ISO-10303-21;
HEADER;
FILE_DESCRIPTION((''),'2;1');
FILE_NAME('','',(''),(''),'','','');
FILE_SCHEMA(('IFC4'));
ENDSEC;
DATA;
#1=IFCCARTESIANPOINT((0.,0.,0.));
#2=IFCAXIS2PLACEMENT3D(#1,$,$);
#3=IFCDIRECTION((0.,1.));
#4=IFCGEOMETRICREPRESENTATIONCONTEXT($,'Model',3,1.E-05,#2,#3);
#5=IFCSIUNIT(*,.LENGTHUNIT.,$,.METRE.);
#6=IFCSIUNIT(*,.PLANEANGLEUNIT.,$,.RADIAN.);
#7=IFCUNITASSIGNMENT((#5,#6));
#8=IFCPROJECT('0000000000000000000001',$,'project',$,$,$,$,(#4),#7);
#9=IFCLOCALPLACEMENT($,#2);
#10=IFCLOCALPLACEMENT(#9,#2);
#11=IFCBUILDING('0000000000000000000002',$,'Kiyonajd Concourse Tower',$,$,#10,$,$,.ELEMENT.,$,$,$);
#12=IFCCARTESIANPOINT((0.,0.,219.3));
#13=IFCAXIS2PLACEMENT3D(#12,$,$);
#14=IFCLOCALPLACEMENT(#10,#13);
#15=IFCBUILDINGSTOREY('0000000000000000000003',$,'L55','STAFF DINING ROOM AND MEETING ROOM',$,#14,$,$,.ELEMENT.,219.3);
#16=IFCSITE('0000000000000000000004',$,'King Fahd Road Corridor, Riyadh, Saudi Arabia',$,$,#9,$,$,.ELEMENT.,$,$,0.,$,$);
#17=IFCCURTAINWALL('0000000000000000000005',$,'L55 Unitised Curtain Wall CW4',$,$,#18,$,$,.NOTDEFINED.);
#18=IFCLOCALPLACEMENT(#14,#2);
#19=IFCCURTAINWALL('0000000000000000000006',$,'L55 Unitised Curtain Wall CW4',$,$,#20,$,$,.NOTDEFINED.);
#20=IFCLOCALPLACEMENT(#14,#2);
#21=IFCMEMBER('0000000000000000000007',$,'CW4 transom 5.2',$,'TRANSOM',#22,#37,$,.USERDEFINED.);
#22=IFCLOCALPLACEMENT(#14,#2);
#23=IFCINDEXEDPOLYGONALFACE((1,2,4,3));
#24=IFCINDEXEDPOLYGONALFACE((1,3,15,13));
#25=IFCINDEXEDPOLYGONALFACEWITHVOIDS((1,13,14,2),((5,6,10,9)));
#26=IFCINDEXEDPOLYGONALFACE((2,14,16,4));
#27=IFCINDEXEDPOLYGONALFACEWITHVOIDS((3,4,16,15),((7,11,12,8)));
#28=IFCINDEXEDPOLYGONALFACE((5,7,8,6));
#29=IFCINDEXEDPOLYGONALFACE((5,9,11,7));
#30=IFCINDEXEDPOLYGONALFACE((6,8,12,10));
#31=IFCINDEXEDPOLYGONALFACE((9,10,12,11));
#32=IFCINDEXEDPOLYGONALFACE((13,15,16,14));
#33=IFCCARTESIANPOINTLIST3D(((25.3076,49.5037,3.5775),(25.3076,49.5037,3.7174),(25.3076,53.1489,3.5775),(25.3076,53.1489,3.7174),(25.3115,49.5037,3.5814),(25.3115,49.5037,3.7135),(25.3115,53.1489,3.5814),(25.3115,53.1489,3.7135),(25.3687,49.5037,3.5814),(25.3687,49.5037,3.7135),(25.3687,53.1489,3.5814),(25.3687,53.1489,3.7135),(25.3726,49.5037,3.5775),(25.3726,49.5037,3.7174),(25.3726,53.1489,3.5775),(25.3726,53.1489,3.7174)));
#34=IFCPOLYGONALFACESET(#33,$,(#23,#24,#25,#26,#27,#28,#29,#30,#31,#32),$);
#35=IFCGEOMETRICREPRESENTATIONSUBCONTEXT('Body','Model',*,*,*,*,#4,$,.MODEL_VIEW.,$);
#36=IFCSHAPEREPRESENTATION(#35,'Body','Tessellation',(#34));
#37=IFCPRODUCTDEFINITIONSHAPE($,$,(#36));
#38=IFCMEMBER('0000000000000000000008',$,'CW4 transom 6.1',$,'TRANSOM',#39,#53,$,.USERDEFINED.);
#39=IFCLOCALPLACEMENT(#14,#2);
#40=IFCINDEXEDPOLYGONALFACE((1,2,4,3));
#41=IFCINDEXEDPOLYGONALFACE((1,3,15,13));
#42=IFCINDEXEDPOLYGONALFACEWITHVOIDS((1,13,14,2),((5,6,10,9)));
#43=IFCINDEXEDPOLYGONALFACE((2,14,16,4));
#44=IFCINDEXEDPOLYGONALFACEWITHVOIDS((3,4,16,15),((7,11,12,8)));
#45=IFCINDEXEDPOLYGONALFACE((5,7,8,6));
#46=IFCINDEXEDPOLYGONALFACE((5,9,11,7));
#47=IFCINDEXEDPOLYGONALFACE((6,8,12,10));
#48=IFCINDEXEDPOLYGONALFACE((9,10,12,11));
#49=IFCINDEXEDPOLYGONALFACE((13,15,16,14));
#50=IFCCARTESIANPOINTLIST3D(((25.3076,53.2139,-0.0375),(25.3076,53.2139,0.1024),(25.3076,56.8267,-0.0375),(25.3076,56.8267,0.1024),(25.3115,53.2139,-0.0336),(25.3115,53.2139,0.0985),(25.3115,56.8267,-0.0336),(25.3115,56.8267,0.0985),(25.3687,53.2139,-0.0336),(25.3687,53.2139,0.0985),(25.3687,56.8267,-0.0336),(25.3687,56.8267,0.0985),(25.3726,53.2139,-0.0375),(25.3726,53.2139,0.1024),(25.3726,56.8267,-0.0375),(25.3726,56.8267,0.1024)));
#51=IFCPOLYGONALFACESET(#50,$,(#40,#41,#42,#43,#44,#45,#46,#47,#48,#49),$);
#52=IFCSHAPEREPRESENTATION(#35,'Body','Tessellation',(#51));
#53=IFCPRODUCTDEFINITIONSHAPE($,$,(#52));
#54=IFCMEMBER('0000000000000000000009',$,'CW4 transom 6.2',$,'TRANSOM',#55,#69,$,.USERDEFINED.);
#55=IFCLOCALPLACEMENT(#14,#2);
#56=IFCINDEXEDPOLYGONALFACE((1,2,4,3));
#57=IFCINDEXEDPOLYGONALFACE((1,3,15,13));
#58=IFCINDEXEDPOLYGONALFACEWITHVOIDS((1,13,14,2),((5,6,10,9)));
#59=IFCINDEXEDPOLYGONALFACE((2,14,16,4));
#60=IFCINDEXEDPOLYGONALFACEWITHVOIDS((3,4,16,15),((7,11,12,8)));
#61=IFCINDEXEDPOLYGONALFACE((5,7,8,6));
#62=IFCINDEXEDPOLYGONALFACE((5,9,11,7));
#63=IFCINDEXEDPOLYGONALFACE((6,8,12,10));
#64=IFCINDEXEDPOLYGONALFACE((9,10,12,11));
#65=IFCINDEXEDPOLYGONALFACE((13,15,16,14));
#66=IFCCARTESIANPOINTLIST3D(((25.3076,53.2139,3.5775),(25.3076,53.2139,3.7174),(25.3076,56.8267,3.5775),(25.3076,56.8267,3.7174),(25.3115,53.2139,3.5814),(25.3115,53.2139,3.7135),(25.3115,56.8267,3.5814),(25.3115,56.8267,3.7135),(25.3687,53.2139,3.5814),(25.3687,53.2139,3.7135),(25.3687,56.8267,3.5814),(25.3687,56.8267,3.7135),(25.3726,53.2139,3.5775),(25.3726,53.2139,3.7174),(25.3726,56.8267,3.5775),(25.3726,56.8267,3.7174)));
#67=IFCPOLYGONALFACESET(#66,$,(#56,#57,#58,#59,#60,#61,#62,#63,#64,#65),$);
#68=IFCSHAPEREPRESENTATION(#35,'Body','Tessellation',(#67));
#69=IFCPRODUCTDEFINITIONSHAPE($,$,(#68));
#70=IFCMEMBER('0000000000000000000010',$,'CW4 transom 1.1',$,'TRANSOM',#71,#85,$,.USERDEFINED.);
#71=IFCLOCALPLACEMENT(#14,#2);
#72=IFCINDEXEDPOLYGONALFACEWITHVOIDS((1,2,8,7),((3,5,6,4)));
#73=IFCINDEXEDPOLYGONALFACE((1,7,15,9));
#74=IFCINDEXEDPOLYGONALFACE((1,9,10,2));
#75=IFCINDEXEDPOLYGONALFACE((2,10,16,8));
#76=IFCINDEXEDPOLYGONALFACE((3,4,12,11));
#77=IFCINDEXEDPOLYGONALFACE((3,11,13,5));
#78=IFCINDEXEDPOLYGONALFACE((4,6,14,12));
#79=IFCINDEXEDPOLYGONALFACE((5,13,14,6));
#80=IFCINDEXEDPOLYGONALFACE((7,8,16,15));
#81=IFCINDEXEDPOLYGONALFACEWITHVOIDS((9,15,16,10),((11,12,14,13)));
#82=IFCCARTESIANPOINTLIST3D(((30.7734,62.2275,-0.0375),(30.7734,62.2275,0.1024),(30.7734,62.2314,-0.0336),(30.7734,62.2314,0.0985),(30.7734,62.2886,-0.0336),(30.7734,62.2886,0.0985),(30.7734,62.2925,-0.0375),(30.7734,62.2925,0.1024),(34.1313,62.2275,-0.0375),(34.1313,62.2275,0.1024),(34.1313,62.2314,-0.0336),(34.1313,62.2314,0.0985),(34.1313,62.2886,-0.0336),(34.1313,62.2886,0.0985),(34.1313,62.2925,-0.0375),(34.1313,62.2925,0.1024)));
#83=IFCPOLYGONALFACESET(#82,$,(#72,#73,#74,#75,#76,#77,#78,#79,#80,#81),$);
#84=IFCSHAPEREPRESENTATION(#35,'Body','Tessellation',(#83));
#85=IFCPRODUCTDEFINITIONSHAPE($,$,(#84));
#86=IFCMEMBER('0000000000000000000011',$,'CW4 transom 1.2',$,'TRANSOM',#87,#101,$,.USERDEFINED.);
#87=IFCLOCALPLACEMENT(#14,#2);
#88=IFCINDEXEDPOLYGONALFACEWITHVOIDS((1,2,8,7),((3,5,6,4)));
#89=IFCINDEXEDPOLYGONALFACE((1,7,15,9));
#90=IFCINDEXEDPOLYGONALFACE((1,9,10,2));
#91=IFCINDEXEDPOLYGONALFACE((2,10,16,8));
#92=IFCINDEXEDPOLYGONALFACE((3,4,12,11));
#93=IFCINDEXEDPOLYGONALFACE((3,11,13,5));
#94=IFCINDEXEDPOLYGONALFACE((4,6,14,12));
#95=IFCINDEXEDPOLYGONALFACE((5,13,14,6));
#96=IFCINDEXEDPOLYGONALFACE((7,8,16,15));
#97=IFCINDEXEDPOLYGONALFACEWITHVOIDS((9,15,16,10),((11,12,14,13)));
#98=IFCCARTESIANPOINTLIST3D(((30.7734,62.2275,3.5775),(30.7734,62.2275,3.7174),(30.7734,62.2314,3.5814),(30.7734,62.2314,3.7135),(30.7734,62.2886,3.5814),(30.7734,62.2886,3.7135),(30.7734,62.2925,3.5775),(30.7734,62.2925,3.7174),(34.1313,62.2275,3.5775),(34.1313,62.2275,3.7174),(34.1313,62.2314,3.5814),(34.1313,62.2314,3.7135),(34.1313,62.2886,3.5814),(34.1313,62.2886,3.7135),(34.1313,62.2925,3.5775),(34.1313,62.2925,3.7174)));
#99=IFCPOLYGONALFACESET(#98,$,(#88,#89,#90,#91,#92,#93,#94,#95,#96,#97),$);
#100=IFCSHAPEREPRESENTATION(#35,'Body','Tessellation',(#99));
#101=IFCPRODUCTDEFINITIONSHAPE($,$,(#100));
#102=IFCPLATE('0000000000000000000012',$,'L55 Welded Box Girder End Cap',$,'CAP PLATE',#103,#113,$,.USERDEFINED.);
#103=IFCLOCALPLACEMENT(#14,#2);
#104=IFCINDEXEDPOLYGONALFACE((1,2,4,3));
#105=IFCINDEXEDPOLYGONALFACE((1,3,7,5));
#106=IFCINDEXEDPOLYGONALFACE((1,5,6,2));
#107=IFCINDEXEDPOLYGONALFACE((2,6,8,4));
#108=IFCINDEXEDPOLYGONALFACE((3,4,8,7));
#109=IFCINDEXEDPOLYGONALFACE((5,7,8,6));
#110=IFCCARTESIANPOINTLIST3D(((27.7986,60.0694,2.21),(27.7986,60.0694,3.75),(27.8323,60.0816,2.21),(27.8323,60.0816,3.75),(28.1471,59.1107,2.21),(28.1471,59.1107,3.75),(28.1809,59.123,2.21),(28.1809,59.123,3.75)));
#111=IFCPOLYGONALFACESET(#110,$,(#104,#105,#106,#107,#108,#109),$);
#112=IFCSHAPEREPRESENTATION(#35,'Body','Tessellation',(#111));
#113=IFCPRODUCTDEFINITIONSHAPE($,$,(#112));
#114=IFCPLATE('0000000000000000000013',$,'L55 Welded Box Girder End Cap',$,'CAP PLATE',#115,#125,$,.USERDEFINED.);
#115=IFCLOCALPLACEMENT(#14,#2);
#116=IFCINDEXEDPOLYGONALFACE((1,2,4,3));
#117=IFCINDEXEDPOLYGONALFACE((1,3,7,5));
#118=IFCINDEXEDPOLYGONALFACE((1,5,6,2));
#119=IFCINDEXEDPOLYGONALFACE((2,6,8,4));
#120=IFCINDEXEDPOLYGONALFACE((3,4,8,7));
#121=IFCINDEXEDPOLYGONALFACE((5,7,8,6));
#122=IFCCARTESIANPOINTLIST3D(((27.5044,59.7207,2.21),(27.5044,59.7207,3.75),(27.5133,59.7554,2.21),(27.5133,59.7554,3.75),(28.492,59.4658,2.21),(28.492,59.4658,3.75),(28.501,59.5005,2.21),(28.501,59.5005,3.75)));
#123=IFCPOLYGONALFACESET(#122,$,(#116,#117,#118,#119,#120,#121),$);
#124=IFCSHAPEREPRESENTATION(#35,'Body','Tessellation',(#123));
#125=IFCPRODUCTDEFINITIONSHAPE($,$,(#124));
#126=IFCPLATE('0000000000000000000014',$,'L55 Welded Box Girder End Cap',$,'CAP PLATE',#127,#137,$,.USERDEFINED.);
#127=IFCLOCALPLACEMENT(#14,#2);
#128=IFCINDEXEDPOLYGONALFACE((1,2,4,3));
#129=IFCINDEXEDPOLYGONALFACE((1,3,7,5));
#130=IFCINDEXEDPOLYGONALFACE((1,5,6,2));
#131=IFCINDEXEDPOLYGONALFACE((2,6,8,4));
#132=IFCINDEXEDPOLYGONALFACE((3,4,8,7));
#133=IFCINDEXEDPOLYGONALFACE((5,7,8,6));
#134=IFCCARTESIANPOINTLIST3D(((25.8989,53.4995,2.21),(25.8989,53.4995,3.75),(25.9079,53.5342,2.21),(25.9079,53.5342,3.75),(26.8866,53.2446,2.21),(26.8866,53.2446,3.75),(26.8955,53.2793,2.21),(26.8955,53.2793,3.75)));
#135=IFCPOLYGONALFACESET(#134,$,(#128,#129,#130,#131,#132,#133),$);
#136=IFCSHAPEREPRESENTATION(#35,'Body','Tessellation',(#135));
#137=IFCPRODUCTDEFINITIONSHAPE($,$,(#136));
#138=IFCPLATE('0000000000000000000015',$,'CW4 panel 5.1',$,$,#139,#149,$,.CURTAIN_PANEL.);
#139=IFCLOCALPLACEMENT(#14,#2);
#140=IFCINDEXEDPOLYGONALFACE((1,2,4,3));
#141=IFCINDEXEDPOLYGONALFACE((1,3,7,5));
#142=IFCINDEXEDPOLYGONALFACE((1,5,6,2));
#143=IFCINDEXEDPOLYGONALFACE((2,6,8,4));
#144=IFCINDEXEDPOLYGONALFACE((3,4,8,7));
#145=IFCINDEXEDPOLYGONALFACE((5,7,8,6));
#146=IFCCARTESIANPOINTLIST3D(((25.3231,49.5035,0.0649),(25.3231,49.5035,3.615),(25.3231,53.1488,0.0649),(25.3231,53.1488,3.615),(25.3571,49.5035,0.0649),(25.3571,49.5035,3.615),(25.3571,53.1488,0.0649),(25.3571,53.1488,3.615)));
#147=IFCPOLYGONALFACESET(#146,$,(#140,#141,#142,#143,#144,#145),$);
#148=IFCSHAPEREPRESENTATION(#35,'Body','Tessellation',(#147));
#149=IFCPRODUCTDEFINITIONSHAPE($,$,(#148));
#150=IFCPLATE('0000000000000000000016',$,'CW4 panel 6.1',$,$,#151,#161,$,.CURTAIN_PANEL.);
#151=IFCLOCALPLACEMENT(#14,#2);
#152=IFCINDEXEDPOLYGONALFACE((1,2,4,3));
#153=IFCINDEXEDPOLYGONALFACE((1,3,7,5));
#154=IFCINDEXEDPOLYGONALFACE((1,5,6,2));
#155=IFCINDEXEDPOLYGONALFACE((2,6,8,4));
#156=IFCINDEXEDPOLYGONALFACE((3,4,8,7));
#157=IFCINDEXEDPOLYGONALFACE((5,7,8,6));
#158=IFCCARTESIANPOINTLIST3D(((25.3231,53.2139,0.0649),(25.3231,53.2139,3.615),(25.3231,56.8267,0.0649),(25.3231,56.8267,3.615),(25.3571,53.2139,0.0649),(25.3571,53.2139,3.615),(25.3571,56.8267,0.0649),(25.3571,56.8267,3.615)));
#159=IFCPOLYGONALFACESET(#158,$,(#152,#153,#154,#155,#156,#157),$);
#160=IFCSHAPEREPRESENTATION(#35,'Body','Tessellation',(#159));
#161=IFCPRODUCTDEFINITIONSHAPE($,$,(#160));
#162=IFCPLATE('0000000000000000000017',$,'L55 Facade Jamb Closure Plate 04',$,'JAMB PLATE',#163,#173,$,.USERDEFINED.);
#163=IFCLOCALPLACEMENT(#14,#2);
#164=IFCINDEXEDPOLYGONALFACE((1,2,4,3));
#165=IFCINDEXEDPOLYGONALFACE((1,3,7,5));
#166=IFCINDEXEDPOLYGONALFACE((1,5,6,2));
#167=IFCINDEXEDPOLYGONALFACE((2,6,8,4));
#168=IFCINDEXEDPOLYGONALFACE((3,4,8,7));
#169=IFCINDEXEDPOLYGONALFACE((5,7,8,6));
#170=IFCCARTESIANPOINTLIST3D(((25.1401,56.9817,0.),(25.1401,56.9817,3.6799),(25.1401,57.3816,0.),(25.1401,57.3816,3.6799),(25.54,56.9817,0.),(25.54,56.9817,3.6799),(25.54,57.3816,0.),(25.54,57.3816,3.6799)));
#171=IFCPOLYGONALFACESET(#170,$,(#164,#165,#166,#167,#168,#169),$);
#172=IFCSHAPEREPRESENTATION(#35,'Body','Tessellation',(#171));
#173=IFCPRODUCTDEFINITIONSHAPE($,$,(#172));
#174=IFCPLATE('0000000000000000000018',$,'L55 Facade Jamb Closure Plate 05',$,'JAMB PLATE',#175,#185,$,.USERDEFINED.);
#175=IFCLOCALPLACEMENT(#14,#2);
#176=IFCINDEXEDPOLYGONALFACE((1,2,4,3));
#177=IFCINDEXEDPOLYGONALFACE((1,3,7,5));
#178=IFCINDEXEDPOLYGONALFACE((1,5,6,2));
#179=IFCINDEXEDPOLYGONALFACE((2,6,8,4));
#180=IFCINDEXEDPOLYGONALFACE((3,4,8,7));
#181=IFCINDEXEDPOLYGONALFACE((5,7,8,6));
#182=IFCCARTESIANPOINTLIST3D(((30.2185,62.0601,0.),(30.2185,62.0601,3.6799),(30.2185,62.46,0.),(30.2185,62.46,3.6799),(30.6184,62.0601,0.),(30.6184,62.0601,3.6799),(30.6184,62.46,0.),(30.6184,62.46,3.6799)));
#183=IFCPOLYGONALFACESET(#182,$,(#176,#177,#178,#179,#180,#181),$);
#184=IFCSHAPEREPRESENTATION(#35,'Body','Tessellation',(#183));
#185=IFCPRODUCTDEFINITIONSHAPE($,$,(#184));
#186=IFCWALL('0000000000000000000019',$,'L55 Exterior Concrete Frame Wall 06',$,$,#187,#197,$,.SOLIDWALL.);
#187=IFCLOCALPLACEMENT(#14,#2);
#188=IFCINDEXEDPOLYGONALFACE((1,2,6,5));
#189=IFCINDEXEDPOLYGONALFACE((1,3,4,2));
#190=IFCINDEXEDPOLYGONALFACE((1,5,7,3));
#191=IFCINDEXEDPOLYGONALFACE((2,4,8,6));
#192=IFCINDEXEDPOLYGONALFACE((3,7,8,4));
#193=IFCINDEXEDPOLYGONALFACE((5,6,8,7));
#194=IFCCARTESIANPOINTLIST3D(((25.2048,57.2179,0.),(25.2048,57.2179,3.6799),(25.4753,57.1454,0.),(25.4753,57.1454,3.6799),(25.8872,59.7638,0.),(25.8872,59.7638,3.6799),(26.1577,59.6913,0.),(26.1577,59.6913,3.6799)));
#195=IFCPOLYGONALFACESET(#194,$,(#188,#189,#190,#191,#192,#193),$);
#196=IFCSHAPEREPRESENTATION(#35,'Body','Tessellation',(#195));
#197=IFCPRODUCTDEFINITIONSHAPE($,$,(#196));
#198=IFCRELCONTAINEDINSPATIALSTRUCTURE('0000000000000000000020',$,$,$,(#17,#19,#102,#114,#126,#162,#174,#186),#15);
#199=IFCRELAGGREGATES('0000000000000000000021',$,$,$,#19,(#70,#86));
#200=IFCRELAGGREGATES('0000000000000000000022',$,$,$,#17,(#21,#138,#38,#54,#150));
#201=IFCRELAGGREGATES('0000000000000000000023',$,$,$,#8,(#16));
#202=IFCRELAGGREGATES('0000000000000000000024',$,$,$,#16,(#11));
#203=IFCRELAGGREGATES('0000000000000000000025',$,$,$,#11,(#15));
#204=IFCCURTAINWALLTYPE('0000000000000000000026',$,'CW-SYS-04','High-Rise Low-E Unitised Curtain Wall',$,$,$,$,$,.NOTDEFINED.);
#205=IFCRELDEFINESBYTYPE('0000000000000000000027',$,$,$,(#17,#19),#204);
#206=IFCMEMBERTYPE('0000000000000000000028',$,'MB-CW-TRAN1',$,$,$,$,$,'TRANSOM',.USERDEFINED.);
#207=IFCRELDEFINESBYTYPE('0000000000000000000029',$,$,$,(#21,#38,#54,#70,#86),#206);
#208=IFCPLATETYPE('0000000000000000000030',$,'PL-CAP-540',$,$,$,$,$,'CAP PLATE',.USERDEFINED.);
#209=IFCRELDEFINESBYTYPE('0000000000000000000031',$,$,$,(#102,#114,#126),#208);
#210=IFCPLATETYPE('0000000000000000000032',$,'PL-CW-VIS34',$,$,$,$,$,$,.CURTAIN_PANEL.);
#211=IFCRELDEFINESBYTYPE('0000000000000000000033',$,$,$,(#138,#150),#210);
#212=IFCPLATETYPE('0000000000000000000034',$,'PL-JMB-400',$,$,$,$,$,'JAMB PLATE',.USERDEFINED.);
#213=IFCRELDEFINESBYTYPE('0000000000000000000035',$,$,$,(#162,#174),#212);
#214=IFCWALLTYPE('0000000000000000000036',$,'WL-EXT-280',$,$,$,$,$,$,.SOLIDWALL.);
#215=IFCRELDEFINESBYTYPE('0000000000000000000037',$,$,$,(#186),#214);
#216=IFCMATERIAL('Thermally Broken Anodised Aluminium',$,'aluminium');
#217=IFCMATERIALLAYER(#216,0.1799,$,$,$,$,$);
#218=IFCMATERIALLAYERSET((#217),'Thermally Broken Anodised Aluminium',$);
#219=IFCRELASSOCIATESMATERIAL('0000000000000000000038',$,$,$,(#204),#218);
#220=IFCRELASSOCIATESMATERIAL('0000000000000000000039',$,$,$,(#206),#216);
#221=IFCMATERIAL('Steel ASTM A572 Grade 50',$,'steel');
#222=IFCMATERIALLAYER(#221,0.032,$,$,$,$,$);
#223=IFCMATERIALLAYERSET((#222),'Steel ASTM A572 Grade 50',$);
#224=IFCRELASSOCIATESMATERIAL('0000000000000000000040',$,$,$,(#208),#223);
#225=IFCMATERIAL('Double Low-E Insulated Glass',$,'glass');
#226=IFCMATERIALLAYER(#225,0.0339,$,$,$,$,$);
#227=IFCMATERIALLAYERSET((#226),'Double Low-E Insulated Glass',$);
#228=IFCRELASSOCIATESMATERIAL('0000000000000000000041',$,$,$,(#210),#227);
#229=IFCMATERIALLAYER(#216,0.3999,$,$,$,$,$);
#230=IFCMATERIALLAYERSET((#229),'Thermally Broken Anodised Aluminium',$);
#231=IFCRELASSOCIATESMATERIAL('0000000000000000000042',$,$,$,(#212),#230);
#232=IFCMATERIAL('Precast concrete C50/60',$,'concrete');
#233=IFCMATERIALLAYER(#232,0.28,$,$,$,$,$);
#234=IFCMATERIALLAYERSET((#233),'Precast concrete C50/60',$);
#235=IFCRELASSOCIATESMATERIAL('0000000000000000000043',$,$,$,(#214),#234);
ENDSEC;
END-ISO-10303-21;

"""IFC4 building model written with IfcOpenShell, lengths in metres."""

from ifc_helpers import new_model, si_unit, direction, frame, frame_2d, origin, origin_2d, place, context, subcontext, project, spatial, rectangle, hollow_rectangle, extrude, material, layer, layer_set, material_profile, profile_set, type_object, element, aggregate, save


model = new_model("IFC4")

# Units and contexts
model_context = context("Model", 3, precision=1e-05, world=origin(), true_north=direction((0.0, 1.0)))
body_context = subcontext(model_context, "Body", "Model", "MODEL_VIEW")
ifc_project = project(units=[si_unit("LENGTHUNIT", "METRE"), si_unit("PLANEANGLEUNIT", "RADIAN")], contexts=[model_context])

# Site, building, storey
site_placement = place(None, origin())
site = spatial("IfcSite", under=ifc_project, at=site_placement, Name="King Fahd Road Corridor, Riyadh, Saudi Arabia", CompositionType="ELEMENT", RefElevation=0.0)
building_placement = place(site_placement, origin())
building = spatial("IfcBuilding", under=site, at=building_placement, Name="Kiyonajd Concourse Tower", CompositionType="ELEMENT")
storey_placement = place(building_placement, frame((0.0, 0.0, 219.3)))
storey = spatial("IfcBuildingStorey", under=building, at=storey_placement, Name="L55", Description="STAFF DINING ROOM AND MEETING ROOM", CompositionType="ELEMENT", Elevation=219.3)

# Shared definitions
ifc_material_1 = material(Name="Steel ASTM A572 Grade 50", Category="steel")

# Curtain wall
ifc_material_2 = material(Name="Thermally Broken Anodised Aluminium", Category="aluminium")
ifc_layer_1 = layer(ifc_material_2, 0.1799)
ifc_layer_set_1 = layer_set([ifc_layer_1], Name="Thermally Broken Anodised Aluminium")
curtain_wall_type = type_object("IfcCurtainWallType", Name="CW-SYS-04", Description="High-Rise Low-E Unitised Curtain Wall", PredefinedType="NOTDEFINED", material=ifc_layer_set_1)
curtain_wall_1_placement = place(storey_placement, origin())
curtain_wall_1 = element("IfcCurtainWall", 1, at=curtain_wall_1_placement, inside=storey, type_object=curtain_wall_type, Name="L55 Unitised Curtain Wall CW4", PredefinedType="NOTDEFINED")

# Curtain wall
curtain_wall_2_placement = place(storey_placement, origin())
curtain_wall_2 = element("IfcCurtainWall", 2, at=curtain_wall_2_placement, inside=storey, type_object=curtain_wall_type, Name="L55 Unitised Curtain Wall CW4", PredefinedType="NOTDEFINED")

# Members
ifc_material_profile_1 = material_profile(ifc_material_2, hollow_rectangle(XDim=0.0649, YDim=0.1399, WallThickness=0.0039, at=origin_2d()), Name="TRAN-65x140")
ifc_profile_set_1 = profile_set([ifc_material_profile_1], Name="Thermally Broken Anodised Aluminium")
member_type_1 = type_object("IfcMemberType", Name="MB-CW-TRAN1", ElementType="TRANSOM", PredefinedType="USERDEFINED", material=ifc_profile_set_1)
member_1_placement = place(storey_placement, frame((25.3401, 49.5037, 3.6475), z_axis=(0.0, 1.0, 0.0), x_axis=(-1.0, 0.0, 0.0)))
member_1 = element("IfcMember", 3, at=member_1_placement, type_object=member_type_1, Name="CW4 transom 5.2", ObjectType="TRANSOM", PredefinedType="USERDEFINED", context=body_context, shape_type="SweptSolid", body=[
    extrude(hollow_rectangle(XDim=0.0649, YDim=0.1399, WallThickness=0.0039, at=origin_2d()), origin(), (0.0, 0.0, 1.0), 3.6453),
])
member_2_placement = place(storey_placement, frame((25.3401, 53.2139, 0.0325), z_axis=(0.0, 1.0, 0.0), x_axis=(-1.0, 0.0, 0.0)))
member_2 = element("IfcMember", 4, at=member_2_placement, type_object=member_type_1, Name="CW4 transom 6.1", ObjectType="TRANSOM", PredefinedType="USERDEFINED", context=body_context, shape_type="SweptSolid", body=[
    extrude(hollow_rectangle(XDim=0.0649, YDim=0.1399, WallThickness=0.0039, at=origin_2d()), origin(), (0.0, 0.0, 1.0), 3.6128),
])
member_3_placement = place(storey_placement, frame((25.3401, 53.2139, 3.6475), z_axis=(0.0, 1.0, 0.0), x_axis=(-1.0, 0.0, 0.0)))
member_3 = element("IfcMember", 5, at=member_3_placement, type_object=member_type_1, Name="CW4 transom 6.2", ObjectType="TRANSOM", PredefinedType="USERDEFINED", context=body_context, shape_type="SweptSolid", body=[
    extrude(hollow_rectangle(XDim=0.0649, YDim=0.1399, WallThickness=0.0039, at=origin_2d()), origin(), (0.0, 0.0, 1.0), 3.6128),
])
member_4_placement = place(storey_placement, frame((30.7734, 62.26, 0.0325), z_axis=(1.0, 0.0, 0.0), x_axis=(0.0, 1.0, 0.0)))
member_4 = element("IfcMember", 6, at=member_4_placement, type_object=member_type_1, Name="CW4 transom 1.1", ObjectType="TRANSOM", PredefinedType="USERDEFINED", context=body_context, shape_type="SweptSolid", body=[
    extrude(hollow_rectangle(XDim=0.0649, YDim=0.1399, WallThickness=0.0039, at=origin_2d()), origin(), (0.0, 0.0, 1.0), 3.3579),
])
member_5_placement = place(storey_placement, frame((30.7734, 62.26, 3.6475), z_axis=(1.0, 0.0, 0.0), x_axis=(0.0, 1.0, 0.0)))
member_5 = element("IfcMember", 7, at=member_5_placement, type_object=member_type_1, Name="CW4 transom 1.2", ObjectType="TRANSOM", PredefinedType="USERDEFINED", context=body_context, shape_type="SweptSolid", body=[
    extrude(hollow_rectangle(XDim=0.0649, YDim=0.1399, WallThickness=0.0039, at=origin_2d()), origin(), (0.0, 0.0, 1.0), 3.3579),
])
aggregate(curtain_wall_2, [member_4, member_5])

# Plates
ifc_layer_2 = layer(ifc_material_1, 0.032)
ifc_layer_set_2 = layer_set([ifc_layer_2], Name="Steel ASTM A572 Grade 50")
plate_type_1 = type_object("IfcPlateType", Name="PL-CAP-540", ElementType="CAP PLATE", PredefinedType="USERDEFINED", material=ifc_layer_set_2)
for number, where, z_axis, x_axis, name in (
    (8, (27.9897, 59.5962, 2.21), (0.0, 0.0, 1.0), (-0.939812, -0.341692, 0.0), "L55 Welded Box Girder End Cap"),
    (9, (28.0027, 59.6106, 2.21), (0.0, 0.0, 1.0), (0.249873, 0.968279, 0.0), "L55 Welded Box Girder End Cap"),
    (10, (26.3972, 53.3894, 2.21), (0.0, 0.0, 1.0), (-0.249873, -0.968279, 0.0), "L55 Welded Box Girder End Cap"),
):
    element("IfcPlate", number, at=place(storey_placement, frame(where, z_axis=z_axis, x_axis=x_axis)), inside=storey, type_object=plate_type_1, Name=name, ObjectType="CAP PLATE", PredefinedType="USERDEFINED", context=body_context, shape_type="SweptSolid", body=[
        extrude(rectangle(XDim=0.0359, YDim=1.02, at=origin_2d()), origin(), (0.0, 0.0, 1.0), 1.54),
    ])

# Plates
ifc_material_3 = material(Name="Double Low-E Insulated Glass", Category="glass")
ifc_layer_3 = layer(ifc_material_3, 0.0339)
ifc_layer_set_3 = layer_set([ifc_layer_3], Name="Double Low-E Insulated Glass")
plate_type_2 = type_object("IfcPlateType", Name="PL-CW-VIS34", PredefinedType="CURTAIN_PANEL", material=ifc_layer_set_3)
plate_1_placement = place(storey_placement, frame((25.3401, 51.3262, 0.0649), z_axis=(0.0, 0.0, 1.0), x_axis=(0.0, 1.0, 0.0)))
plate_1 = element("IfcPlate", 11, at=plate_1_placement, type_object=plate_type_2, Name="CW4 panel 5.1", PredefinedType="CURTAIN_PANEL", context=body_context, shape_type="SweptSolid", body=[
    extrude(rectangle(XDim=3.6453, YDim=0.0339, at=origin_2d()), origin(), (0.0, 0.0, 1.0), 3.55),
])
plate_2_placement = place(storey_placement, frame((25.3401, 55.0203, 0.0649), z_axis=(0.0, 0.0, 1.0), x_axis=(0.0, 1.0, 0.0)))
plate_2 = element("IfcPlate", 12, at=plate_2_placement, type_object=plate_type_2, Name="CW4 panel 6.1", PredefinedType="CURTAIN_PANEL", context=body_context, shape_type="SweptSolid", body=[
    extrude(rectangle(XDim=3.6128, YDim=0.0339, at=origin_2d()), origin(), (0.0, 0.0, 1.0), 3.55),
])
aggregate(curtain_wall_1, [member_1, plate_1, member_2, member_3, plate_2])

# Plates
ifc_layer_4 = layer(ifc_material_2, 0.3999)
ifc_layer_set_4 = layer_set([ifc_layer_4], Name="Thermally Broken Anodised Aluminium")
plate_type_3 = type_object("IfcPlateType", Name="PL-JMB-400", ElementType="JAMB PLATE", PredefinedType="USERDEFINED", material=ifc_layer_set_4)
for number, where, z_axis, x_axis, name in (
    (13, (25.3401, 57.1816, 0.0), (0.0, 0.0, 1.0), (1.0, 0.0, 0.0), "L55 Facade Jamb Closure Plate 04"),
    (14, (30.4185, 62.26, 0.0), (0.0, 0.0, 1.0), (1.0, 0.0, 0.0), "L55 Facade Jamb Closure Plate 05"),
):
    element("IfcPlate", number, at=place(storey_placement, frame(where, z_axis=z_axis, x_axis=x_axis)), inside=storey, type_object=plate_type_3, Name=name, ObjectType="JAMB PLATE", PredefinedType="USERDEFINED", context=body_context, shape_type="SweptSolid", body=[
        extrude(rectangle(XDim=0.3999, YDim=0.3999, at=origin_2d()), origin(), (0.0, 0.0, 1.0), 3.6799),
    ])

# Wall
ifc_material_4 = material(Name="Precast concrete C50/60", Category="concrete")
ifc_layer_5 = layer(ifc_material_4, 0.28)
ifc_layer_set_5 = layer_set([ifc_layer_5], Name="Precast concrete C50/60")
wall_type = type_object("IfcWallType", Name="WL-EXT-280", PredefinedType="SOLIDWALL", material=ifc_layer_set_5)
wall_1_placement = place(storey_placement, frame((25.3401, 57.1816, 0.0), z_axis=(0.0, 0.0, 1.0), x_axis=(0.25889, 0.965907, 0.0)))
element("IfcWall", 15, at=wall_1_placement, inside=storey, type_object=wall_type, Name="L55 Exterior Concrete Frame Wall 06", PredefinedType="SOLIDWALL", context=body_context, shape_type="SweptSolid", body=[
    extrude(rectangle(XDim=2.6357, YDim=0.28, at=frame_2d((1.3179, 0.0))), origin(), (0.0, 0.0, 1.0), 3.6799),
])

save(model, "model.ifc")
